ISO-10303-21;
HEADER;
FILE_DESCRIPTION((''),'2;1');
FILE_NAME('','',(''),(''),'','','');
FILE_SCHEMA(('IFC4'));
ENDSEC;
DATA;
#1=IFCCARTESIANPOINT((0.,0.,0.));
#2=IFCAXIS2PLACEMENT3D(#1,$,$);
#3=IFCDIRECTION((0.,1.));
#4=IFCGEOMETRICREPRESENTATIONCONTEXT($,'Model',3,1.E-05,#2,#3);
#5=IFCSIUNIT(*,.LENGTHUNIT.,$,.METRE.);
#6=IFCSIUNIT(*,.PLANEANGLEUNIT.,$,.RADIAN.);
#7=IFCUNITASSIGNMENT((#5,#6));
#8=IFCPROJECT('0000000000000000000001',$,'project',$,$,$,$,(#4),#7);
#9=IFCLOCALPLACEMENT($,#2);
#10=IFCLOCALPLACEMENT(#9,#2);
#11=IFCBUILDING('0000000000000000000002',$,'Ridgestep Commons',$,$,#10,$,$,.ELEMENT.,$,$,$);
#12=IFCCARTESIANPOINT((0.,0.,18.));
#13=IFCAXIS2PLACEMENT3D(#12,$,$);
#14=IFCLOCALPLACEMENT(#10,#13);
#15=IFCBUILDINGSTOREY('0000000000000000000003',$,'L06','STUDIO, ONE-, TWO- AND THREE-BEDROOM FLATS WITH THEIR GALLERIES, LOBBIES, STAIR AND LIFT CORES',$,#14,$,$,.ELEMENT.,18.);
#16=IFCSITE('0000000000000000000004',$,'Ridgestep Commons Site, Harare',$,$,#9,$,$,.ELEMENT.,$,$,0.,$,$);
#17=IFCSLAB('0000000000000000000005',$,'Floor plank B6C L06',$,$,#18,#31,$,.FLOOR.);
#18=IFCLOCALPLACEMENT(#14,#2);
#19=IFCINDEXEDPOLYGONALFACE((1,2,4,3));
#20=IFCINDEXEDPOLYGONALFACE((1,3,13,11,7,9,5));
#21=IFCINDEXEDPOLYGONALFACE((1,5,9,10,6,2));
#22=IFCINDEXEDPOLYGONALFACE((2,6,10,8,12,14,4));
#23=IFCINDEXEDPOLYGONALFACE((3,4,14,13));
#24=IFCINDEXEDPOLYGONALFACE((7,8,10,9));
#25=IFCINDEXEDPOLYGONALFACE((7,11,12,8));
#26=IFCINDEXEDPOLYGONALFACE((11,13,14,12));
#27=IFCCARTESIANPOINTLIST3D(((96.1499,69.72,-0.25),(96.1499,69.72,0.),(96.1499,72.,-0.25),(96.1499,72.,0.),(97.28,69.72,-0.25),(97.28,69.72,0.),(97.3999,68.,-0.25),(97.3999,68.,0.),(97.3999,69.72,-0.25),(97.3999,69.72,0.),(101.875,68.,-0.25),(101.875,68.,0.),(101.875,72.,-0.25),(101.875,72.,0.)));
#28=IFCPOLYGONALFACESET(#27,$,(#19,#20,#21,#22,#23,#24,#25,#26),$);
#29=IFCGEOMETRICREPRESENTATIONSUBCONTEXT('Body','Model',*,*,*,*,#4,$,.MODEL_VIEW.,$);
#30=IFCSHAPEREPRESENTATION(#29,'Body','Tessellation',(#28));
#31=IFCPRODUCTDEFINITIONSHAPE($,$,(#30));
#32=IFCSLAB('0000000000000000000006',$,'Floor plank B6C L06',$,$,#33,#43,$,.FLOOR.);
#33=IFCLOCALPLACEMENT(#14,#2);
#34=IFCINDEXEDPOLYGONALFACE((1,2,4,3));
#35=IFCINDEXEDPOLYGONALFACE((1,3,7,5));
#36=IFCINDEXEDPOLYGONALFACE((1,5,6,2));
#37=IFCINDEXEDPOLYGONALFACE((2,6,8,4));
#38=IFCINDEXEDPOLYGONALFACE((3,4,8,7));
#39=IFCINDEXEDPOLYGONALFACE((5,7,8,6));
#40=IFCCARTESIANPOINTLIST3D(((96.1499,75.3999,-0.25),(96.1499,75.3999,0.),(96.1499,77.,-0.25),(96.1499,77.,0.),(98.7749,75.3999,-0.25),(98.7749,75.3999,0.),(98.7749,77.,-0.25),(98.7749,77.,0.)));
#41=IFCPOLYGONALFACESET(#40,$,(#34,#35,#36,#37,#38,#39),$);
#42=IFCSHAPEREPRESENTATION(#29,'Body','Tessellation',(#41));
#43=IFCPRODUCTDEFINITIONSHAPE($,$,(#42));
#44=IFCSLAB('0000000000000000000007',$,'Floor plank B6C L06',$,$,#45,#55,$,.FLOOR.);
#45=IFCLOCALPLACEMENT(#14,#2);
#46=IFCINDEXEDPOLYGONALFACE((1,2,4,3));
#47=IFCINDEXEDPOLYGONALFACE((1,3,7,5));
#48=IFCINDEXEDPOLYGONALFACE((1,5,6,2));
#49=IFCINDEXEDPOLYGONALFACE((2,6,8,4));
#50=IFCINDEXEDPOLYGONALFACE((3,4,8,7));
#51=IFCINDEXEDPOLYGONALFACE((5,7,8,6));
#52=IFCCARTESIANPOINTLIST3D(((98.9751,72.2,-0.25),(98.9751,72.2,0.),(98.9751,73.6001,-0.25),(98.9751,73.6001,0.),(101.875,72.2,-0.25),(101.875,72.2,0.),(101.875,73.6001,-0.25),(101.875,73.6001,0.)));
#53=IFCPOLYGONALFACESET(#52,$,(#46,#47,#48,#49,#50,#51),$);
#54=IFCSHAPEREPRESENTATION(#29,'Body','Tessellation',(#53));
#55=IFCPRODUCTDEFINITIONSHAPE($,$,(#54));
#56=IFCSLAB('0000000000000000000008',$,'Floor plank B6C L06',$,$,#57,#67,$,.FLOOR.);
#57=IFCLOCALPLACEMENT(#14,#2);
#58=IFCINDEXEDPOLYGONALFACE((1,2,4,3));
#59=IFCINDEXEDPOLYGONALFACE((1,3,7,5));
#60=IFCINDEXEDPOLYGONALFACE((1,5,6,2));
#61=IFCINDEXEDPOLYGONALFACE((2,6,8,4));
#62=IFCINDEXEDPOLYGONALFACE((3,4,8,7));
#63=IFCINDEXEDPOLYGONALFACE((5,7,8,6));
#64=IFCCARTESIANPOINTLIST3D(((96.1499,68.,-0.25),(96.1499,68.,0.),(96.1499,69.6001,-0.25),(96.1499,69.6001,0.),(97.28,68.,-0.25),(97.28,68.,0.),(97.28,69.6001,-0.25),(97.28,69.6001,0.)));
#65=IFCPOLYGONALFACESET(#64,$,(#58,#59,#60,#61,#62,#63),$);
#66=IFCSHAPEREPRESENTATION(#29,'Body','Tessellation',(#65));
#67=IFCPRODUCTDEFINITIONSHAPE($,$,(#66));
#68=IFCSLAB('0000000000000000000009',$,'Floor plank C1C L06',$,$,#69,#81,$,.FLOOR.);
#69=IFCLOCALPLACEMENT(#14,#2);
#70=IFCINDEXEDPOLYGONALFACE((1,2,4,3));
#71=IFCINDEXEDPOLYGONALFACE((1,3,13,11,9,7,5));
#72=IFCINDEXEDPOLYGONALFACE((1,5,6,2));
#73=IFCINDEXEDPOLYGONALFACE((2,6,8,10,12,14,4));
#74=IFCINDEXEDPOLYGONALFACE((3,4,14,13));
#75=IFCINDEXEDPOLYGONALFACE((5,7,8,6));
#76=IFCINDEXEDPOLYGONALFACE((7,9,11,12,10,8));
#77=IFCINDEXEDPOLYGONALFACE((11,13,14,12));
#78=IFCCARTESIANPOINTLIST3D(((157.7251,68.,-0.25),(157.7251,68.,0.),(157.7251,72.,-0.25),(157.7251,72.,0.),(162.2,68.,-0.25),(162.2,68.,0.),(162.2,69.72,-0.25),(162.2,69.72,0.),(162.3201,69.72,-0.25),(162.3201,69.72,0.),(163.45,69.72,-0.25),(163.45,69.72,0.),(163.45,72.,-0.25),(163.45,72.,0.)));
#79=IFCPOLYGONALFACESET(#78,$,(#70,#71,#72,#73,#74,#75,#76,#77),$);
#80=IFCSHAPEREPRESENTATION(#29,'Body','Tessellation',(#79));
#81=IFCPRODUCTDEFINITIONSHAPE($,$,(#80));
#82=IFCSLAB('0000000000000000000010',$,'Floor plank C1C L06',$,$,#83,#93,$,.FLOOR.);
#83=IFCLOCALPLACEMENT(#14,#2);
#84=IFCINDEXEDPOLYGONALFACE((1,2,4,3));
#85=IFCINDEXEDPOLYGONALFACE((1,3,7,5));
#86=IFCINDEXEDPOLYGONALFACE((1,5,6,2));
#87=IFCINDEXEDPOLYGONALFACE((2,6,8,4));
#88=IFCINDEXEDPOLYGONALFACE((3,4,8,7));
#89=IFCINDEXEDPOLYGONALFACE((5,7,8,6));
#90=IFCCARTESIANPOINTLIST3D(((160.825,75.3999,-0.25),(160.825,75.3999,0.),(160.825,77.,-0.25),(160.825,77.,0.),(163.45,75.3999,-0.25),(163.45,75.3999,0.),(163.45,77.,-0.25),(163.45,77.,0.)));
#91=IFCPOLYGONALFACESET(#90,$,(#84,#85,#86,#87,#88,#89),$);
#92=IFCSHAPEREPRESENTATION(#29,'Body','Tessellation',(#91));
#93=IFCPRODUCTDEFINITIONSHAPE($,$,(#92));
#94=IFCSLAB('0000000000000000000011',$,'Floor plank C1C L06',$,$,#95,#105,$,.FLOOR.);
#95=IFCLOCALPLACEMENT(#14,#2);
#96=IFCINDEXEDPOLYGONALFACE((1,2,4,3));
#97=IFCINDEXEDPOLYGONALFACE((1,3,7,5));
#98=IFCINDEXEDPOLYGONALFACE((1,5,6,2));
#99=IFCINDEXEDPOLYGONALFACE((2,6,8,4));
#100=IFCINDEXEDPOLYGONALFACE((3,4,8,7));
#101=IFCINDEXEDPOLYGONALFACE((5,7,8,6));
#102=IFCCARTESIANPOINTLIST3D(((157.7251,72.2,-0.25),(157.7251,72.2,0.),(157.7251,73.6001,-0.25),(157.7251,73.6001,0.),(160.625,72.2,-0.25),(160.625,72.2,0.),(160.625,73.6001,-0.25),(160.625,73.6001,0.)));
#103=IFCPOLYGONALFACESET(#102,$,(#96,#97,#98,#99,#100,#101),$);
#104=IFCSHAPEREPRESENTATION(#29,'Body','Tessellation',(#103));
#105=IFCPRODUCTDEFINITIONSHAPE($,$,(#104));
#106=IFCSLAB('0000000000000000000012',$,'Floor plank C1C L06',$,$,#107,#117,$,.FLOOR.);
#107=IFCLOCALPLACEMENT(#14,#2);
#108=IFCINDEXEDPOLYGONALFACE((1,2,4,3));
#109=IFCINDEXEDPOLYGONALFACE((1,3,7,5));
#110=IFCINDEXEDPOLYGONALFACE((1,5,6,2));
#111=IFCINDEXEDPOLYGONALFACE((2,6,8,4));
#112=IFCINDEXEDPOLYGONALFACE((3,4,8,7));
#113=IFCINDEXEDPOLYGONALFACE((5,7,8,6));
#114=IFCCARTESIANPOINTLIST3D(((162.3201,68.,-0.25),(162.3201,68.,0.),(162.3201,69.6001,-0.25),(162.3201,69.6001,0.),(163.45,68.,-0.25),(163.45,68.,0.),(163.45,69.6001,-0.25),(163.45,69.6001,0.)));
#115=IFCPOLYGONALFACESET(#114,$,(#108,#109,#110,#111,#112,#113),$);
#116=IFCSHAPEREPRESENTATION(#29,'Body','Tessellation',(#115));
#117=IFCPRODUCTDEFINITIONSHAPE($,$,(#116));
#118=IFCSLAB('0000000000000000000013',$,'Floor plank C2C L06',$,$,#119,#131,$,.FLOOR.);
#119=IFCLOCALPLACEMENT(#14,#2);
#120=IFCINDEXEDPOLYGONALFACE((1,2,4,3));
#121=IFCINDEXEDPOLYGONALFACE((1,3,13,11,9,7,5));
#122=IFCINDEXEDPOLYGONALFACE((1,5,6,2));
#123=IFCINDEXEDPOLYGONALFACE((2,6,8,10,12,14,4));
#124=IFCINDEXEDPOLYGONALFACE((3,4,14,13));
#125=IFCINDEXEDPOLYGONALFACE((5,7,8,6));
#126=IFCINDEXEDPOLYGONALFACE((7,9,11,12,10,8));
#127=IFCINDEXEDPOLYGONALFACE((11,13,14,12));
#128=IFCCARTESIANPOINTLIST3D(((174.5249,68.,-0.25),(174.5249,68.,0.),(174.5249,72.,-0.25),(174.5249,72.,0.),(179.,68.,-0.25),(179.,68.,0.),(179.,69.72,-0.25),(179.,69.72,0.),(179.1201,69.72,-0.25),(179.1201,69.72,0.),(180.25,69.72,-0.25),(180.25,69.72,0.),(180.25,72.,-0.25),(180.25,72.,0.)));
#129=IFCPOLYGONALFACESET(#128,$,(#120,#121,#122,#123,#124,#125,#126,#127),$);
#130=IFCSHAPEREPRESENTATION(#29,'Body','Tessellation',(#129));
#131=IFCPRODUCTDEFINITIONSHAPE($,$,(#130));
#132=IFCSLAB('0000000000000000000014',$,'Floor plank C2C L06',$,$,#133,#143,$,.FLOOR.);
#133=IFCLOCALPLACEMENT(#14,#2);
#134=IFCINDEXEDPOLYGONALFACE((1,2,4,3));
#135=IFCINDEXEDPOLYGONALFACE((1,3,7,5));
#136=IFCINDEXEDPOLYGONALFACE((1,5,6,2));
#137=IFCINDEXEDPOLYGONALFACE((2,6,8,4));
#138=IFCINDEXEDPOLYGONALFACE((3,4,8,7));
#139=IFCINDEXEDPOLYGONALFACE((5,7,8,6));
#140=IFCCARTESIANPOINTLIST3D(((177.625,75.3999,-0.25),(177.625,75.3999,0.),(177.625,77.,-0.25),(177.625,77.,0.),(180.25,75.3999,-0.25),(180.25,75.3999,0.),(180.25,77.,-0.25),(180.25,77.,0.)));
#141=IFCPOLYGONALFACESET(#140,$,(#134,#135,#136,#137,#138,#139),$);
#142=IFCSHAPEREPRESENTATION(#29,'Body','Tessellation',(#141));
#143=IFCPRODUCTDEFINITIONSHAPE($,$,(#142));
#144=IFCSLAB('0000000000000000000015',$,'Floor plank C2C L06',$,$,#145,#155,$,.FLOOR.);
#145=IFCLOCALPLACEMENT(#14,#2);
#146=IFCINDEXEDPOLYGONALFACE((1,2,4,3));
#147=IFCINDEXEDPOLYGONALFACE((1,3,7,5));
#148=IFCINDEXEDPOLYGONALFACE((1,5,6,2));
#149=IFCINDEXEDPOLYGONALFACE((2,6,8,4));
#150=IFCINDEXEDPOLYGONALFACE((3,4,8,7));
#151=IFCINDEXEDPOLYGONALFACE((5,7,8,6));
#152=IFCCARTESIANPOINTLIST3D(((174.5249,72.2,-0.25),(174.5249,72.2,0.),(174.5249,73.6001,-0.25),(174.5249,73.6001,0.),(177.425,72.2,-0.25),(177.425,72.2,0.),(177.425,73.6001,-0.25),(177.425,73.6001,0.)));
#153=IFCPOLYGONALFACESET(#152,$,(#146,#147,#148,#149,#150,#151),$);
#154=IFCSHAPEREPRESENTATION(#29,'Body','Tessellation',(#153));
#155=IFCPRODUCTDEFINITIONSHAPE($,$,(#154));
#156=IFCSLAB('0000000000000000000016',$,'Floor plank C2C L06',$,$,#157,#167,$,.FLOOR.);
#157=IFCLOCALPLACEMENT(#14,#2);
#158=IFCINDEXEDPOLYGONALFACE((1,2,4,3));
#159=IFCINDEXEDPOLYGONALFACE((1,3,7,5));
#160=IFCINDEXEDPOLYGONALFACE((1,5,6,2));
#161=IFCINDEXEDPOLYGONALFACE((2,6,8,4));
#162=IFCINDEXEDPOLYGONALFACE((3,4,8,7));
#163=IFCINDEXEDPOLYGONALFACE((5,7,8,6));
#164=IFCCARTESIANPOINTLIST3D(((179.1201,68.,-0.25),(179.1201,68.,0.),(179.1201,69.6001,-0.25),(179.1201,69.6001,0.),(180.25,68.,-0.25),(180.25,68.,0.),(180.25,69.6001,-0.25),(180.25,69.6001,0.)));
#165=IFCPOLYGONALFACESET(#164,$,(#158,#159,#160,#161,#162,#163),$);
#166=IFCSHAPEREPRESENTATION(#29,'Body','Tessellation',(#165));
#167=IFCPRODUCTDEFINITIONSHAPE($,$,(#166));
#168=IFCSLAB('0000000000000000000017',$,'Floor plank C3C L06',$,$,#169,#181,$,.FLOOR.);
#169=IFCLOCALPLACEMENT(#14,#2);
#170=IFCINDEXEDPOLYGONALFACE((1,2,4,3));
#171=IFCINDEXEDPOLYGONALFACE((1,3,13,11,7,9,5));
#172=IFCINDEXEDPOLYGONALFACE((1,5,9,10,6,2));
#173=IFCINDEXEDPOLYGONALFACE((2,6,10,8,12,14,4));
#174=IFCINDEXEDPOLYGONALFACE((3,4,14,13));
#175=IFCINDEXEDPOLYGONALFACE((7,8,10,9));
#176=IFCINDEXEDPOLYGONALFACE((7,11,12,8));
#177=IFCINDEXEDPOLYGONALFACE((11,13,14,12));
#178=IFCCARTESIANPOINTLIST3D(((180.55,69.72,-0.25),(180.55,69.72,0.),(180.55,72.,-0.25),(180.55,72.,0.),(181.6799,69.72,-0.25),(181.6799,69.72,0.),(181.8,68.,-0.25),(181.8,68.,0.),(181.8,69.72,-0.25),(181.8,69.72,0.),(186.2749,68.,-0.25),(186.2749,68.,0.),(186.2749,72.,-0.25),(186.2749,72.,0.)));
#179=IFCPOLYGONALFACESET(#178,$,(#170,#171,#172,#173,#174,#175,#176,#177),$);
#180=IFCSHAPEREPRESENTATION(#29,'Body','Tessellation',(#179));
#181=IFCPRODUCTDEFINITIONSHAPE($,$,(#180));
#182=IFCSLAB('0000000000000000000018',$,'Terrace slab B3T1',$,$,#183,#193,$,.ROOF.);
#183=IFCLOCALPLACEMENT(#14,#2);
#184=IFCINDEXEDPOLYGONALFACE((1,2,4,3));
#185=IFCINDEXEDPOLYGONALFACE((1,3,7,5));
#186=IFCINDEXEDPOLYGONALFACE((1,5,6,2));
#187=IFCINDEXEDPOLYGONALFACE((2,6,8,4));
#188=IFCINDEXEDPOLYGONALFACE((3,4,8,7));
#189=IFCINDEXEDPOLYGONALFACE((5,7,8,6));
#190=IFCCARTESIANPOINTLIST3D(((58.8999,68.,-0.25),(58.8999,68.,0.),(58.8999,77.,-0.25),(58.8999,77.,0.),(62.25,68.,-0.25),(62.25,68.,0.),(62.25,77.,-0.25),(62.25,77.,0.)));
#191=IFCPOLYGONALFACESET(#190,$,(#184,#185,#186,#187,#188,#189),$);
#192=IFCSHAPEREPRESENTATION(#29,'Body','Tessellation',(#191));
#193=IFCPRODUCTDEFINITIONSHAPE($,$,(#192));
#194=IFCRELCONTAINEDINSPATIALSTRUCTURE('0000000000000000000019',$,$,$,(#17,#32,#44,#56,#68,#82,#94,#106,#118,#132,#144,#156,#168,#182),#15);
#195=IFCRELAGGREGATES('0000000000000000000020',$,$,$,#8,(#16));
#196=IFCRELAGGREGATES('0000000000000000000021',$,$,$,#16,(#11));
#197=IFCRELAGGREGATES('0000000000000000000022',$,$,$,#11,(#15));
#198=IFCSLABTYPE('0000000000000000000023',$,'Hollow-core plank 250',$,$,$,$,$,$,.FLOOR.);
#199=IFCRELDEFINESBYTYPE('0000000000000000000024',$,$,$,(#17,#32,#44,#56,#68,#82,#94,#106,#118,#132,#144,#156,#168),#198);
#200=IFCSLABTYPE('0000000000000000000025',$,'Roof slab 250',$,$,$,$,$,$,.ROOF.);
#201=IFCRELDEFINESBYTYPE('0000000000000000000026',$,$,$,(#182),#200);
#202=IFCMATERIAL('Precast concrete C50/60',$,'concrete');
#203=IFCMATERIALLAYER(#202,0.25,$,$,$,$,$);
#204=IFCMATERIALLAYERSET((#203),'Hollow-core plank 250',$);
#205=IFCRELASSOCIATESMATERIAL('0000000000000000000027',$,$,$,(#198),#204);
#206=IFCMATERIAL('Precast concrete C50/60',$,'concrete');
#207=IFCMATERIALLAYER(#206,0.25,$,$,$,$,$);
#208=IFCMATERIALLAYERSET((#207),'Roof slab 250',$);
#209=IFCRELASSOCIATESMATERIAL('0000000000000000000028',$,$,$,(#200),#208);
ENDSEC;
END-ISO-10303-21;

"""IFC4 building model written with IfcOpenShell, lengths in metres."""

from ifc_helpers import new_model, si_unit, direction, frame, origin, place, context, subcontext, project, spatial, polyline, outline, extrude, material, layer, layer_set, type_object, element, save


model = new_model("IFC4")

# Units and contexts
model_context = context("Model", 3, precision=1e-05, world=origin(), true_north=direction((0.0, 1.0)))
body_context = subcontext(model_context, "Body", "Model", "MODEL_VIEW")
ifc_project = project(units=[si_unit("LENGTHUNIT", "METRE"), si_unit("PLANEANGLEUNIT", "RADIAN")], contexts=[model_context])

# Site, building, storey
site_placement = place(None, origin())
site = spatial("IfcSite", under=ifc_project, at=site_placement, Name="Ridgestep Commons Site, Harare", CompositionType="ELEMENT", RefElevation=0.0)
building_placement = place(site_placement, origin())
building = spatial("IfcBuilding", under=site, at=building_placement, Name="Ridgestep Commons", CompositionType="ELEMENT")
storey_placement = place(building_placement, frame((0.0, 0.0, 18.0)))
storey = spatial("IfcBuildingStorey", under=building, at=storey_placement, Name="L06", Description="STUDIO, ONE-, TWO- AND THREE-BEDROOM FLATS WITH THEIR GALLERIES, LOBBIES, STAIR AND LIFT CORES", CompositionType="ELEMENT", Elevation=18.0)

# Slabs
ifc_material_1 = material(Name="Precast concrete C50/60", Category="concrete")
ifc_layer_1 = layer(ifc_material_1, 0.25)
ifc_layer_set_1 = layer_set([ifc_layer_1], Name="Hollow-core plank 250")
slab_type_1 = type_object("IfcSlabType", Name="Hollow-core plank 250", PredefinedType="FLOOR", material=ifc_layer_set_1)
slab_1_placement = place(storey_placement, frame((0.0, 0.0, -0.25)))
element("IfcSlab", 1, at=slab_1_placement, inside=storey, type_object=slab_type_1, Name="Floor plank B6C L06", PredefinedType="FLOOR", context=body_context, shape_type="SweptSolid", body=[
    extrude(outline(polyline([(97.3999, 68.0), (101.875, 68.0), (101.875, 72.0), (96.1499, 72.0), (96.1499, 69.72), (97.28, 69.72), (97.3999, 69.72), (97.3999, 68.0)])), origin(), (0.0, 0.0, 1.0), 0.25),
])
slab_2_placement = place(storey_placement, frame((0.0, 0.0, -0.25)))
element("IfcSlab", 2, at=slab_2_placement, inside=storey, type_object=slab_type_1, Name="Floor plank B6C L06", PredefinedType="FLOOR", context=body_context, shape_type="SweptSolid", body=[
    extrude(outline(polyline([(98.7749, 77.0), (96.1499, 77.0), (96.1499, 75.3999), (98.7749, 75.3999), (98.7749, 77.0)])), origin(), (0.0, 0.0, 1.0), 0.25),
])
slab_3_placement = place(storey_placement, frame((0.0, 0.0, -0.25)))
element("IfcSlab", 3, at=slab_3_placement, inside=storey, type_object=slab_type_1, Name="Floor plank B6C L06", PredefinedType="FLOOR", context=body_context, shape_type="SweptSolid", body=[
    extrude(outline(polyline([(101.875, 72.2), (101.875, 73.6001), (98.9751, 73.6001), (98.9751, 72.2), (101.875, 72.2)])), origin(), (0.0, 0.0, 1.0), 0.25),
])
slab_4_placement = place(storey_placement, frame((0.0, 0.0, -0.25)))
element("IfcSlab", 4, at=slab_4_placement, inside=storey, type_object=slab_type_1, Name="Floor plank B6C L06", PredefinedType="FLOOR", context=body_context, shape_type="SweptSolid", body=[
    extrude(outline(polyline([(97.28, 69.6001), (96.1499, 69.6001), (96.1499, 68.0), (97.28, 68.0), (97.28, 69.6001)])), origin(), (0.0, 0.0, 1.0), 0.25),
])
slab_5_placement = place(storey_placement, frame((0.0, 0.0, -0.25)))
element("IfcSlab", 5, at=slab_5_placement, inside=storey, type_object=slab_type_1, Name="Floor plank C1C L06", PredefinedType="FLOOR", context=body_context, shape_type="SweptSolid", body=[
    extrude(outline(polyline([(162.3201, 69.72), (163.45, 69.72), (163.45, 72.0), (157.7251, 72.0), (157.7251, 68.0), (162.2, 68.0), (162.2, 69.72), (162.3201, 69.72)])), origin(), (0.0, 0.0, 1.0), 0.25),
])
slab_6_placement = place(storey_placement, frame((0.0, 0.0, -0.25)))
element("IfcSlab", 6, at=slab_6_placement, inside=storey, type_object=slab_type_1, Name="Floor plank C1C L06", PredefinedType="FLOOR", context=body_context, shape_type="SweptSolid", body=[
    extrude(outline(polyline([(163.45, 75.3999), (163.45, 77.0), (160.825, 77.0), (160.825, 75.3999), (163.45, 75.3999)])), origin(), (0.0, 0.0, 1.0), 0.25),
])
slab_7_placement = place(storey_placement, frame((0.0, 0.0, -0.25)))
element("IfcSlab", 7, at=slab_7_placement, inside=storey, type_object=slab_type_1, Name="Floor plank C1C L06", PredefinedType="FLOOR", context=body_context, shape_type="SweptSolid", body=[
    extrude(outline(polyline([(160.625, 72.2), (160.625, 73.6001), (157.7251, 73.6001), (157.7251, 72.2), (160.625, 72.2)])), origin(), (0.0, 0.0, 1.0), 0.25),
])
slab_8_placement = place(storey_placement, frame((0.0, 0.0, -0.25)))
element("IfcSlab", 8, at=slab_8_placement, inside=storey, type_object=slab_type_1, Name="Floor plank C1C L06", PredefinedType="FLOOR", context=body_context, shape_type="SweptSolid", body=[
    extrude(outline(polyline([(162.3201, 68.0), (163.45, 68.0), (163.45, 69.6001), (162.3201, 69.6001), (162.3201, 68.0)])), origin(), (0.0, 0.0, 1.0), 0.25),
])
slab_9_placement = place(storey_placement, frame((0.0, 0.0, -0.25)))
element("IfcSlab", 9, at=slab_9_placement, inside=storey, type_object=slab_type_1, Name="Floor plank C2C L06", PredefinedType="FLOOR", context=body_context, shape_type="SweptSolid", body=[
    extrude(outline(polyline([(179.1201, 69.72), (180.25, 69.72), (180.25, 72.0), (174.5249, 72.0), (174.5249, 68.0), (179.0, 68.0), (179.0, 69.72), (179.1201, 69.72)])), origin(), (0.0, 0.0, 1.0), 0.25),
])
slab_10_placement = place(storey_placement, frame((0.0, 0.0, -0.25)))
element("IfcSlab", 10, at=slab_10_placement, inside=storey, type_object=slab_type_1, Name="Floor plank C2C L06", PredefinedType="FLOOR", context=body_context, shape_type="SweptSolid", body=[
    extrude(outline(polyline([(180.25, 75.3999), (180.25, 77.0), (177.625, 77.0), (177.625, 75.3999), (180.25, 75.3999)])), origin(), (0.0, 0.0, 1.0), 0.25),
])
slab_11_placement = place(storey_placement, frame((0.0, 0.0, -0.25)))
element("IfcSlab", 11, at=slab_11_placement, inside=storey, type_object=slab_type_1, Name="Floor plank C2C L06", PredefinedType="FLOOR", context=body_context, shape_type="SweptSolid", body=[
    extrude(outline(polyline([(177.425, 72.2), (177.425, 73.6001), (174.5249, 73.6001), (174.5249, 72.2), (177.425, 72.2)])), origin(), (0.0, 0.0, 1.0), 0.25),
])
slab_12_placement = place(storey_placement, frame((0.0, 0.0, -0.25)))
element("IfcSlab", 12, at=slab_12_placement, inside=storey, type_object=slab_type_1, Name="Floor plank C2C L06", PredefinedType="FLOOR", context=body_context, shape_type="SweptSolid", body=[
    extrude(outline(polyline([(179.1201, 68.0), (180.25, 68.0), (180.25, 69.6001), (179.1201, 69.6001), (179.1201, 68.0)])), origin(), (0.0, 0.0, 1.0), 0.25),
])
slab_13_placement = place(storey_placement, frame((0.0, 0.0, -0.25)))
element("IfcSlab", 13, at=slab_13_placement, inside=storey, type_object=slab_type_1, Name="Floor plank C3C L06", PredefinedType="FLOOR", context=body_context, shape_type="SweptSolid", body=[
    extrude(outline(polyline([(181.8, 68.0), (186.2749, 68.0), (186.2749, 72.0), (180.55, 72.0), (180.55, 69.72), (181.6799, 69.72), (181.8, 69.72), (181.8, 68.0)])), origin(), (0.0, 0.0, 1.0), 0.25),
])
ifc_material_2 = material(Name="Precast concrete C50/60", Category="concrete")
ifc_layer_2 = layer(ifc_material_2, 0.25)
ifc_layer_set_2 = layer_set([ifc_layer_2], Name="Roof slab 250")
slab_type_2 = type_object("IfcSlabType", Name="Roof slab 250", PredefinedType="ROOF", material=ifc_layer_set_2)
slab_14_placement = place(storey_placement, frame((0.0, 0.0, -0.25)))
element("IfcSlab", 14, at=slab_14_placement, inside=storey, type_object=slab_type_2, Name="Terrace slab B3T1", PredefinedType="ROOF", context=body_context, shape_type="SweptSolid", body=[
    extrude(outline(polyline([(62.25, 68.0), (62.25, 77.0), (58.8999, 77.0), (58.8999, 68.0), (62.25, 68.0)])), origin(), (0.0, 0.0, 1.0), 0.25),
])

save(model, "model.ifc")
